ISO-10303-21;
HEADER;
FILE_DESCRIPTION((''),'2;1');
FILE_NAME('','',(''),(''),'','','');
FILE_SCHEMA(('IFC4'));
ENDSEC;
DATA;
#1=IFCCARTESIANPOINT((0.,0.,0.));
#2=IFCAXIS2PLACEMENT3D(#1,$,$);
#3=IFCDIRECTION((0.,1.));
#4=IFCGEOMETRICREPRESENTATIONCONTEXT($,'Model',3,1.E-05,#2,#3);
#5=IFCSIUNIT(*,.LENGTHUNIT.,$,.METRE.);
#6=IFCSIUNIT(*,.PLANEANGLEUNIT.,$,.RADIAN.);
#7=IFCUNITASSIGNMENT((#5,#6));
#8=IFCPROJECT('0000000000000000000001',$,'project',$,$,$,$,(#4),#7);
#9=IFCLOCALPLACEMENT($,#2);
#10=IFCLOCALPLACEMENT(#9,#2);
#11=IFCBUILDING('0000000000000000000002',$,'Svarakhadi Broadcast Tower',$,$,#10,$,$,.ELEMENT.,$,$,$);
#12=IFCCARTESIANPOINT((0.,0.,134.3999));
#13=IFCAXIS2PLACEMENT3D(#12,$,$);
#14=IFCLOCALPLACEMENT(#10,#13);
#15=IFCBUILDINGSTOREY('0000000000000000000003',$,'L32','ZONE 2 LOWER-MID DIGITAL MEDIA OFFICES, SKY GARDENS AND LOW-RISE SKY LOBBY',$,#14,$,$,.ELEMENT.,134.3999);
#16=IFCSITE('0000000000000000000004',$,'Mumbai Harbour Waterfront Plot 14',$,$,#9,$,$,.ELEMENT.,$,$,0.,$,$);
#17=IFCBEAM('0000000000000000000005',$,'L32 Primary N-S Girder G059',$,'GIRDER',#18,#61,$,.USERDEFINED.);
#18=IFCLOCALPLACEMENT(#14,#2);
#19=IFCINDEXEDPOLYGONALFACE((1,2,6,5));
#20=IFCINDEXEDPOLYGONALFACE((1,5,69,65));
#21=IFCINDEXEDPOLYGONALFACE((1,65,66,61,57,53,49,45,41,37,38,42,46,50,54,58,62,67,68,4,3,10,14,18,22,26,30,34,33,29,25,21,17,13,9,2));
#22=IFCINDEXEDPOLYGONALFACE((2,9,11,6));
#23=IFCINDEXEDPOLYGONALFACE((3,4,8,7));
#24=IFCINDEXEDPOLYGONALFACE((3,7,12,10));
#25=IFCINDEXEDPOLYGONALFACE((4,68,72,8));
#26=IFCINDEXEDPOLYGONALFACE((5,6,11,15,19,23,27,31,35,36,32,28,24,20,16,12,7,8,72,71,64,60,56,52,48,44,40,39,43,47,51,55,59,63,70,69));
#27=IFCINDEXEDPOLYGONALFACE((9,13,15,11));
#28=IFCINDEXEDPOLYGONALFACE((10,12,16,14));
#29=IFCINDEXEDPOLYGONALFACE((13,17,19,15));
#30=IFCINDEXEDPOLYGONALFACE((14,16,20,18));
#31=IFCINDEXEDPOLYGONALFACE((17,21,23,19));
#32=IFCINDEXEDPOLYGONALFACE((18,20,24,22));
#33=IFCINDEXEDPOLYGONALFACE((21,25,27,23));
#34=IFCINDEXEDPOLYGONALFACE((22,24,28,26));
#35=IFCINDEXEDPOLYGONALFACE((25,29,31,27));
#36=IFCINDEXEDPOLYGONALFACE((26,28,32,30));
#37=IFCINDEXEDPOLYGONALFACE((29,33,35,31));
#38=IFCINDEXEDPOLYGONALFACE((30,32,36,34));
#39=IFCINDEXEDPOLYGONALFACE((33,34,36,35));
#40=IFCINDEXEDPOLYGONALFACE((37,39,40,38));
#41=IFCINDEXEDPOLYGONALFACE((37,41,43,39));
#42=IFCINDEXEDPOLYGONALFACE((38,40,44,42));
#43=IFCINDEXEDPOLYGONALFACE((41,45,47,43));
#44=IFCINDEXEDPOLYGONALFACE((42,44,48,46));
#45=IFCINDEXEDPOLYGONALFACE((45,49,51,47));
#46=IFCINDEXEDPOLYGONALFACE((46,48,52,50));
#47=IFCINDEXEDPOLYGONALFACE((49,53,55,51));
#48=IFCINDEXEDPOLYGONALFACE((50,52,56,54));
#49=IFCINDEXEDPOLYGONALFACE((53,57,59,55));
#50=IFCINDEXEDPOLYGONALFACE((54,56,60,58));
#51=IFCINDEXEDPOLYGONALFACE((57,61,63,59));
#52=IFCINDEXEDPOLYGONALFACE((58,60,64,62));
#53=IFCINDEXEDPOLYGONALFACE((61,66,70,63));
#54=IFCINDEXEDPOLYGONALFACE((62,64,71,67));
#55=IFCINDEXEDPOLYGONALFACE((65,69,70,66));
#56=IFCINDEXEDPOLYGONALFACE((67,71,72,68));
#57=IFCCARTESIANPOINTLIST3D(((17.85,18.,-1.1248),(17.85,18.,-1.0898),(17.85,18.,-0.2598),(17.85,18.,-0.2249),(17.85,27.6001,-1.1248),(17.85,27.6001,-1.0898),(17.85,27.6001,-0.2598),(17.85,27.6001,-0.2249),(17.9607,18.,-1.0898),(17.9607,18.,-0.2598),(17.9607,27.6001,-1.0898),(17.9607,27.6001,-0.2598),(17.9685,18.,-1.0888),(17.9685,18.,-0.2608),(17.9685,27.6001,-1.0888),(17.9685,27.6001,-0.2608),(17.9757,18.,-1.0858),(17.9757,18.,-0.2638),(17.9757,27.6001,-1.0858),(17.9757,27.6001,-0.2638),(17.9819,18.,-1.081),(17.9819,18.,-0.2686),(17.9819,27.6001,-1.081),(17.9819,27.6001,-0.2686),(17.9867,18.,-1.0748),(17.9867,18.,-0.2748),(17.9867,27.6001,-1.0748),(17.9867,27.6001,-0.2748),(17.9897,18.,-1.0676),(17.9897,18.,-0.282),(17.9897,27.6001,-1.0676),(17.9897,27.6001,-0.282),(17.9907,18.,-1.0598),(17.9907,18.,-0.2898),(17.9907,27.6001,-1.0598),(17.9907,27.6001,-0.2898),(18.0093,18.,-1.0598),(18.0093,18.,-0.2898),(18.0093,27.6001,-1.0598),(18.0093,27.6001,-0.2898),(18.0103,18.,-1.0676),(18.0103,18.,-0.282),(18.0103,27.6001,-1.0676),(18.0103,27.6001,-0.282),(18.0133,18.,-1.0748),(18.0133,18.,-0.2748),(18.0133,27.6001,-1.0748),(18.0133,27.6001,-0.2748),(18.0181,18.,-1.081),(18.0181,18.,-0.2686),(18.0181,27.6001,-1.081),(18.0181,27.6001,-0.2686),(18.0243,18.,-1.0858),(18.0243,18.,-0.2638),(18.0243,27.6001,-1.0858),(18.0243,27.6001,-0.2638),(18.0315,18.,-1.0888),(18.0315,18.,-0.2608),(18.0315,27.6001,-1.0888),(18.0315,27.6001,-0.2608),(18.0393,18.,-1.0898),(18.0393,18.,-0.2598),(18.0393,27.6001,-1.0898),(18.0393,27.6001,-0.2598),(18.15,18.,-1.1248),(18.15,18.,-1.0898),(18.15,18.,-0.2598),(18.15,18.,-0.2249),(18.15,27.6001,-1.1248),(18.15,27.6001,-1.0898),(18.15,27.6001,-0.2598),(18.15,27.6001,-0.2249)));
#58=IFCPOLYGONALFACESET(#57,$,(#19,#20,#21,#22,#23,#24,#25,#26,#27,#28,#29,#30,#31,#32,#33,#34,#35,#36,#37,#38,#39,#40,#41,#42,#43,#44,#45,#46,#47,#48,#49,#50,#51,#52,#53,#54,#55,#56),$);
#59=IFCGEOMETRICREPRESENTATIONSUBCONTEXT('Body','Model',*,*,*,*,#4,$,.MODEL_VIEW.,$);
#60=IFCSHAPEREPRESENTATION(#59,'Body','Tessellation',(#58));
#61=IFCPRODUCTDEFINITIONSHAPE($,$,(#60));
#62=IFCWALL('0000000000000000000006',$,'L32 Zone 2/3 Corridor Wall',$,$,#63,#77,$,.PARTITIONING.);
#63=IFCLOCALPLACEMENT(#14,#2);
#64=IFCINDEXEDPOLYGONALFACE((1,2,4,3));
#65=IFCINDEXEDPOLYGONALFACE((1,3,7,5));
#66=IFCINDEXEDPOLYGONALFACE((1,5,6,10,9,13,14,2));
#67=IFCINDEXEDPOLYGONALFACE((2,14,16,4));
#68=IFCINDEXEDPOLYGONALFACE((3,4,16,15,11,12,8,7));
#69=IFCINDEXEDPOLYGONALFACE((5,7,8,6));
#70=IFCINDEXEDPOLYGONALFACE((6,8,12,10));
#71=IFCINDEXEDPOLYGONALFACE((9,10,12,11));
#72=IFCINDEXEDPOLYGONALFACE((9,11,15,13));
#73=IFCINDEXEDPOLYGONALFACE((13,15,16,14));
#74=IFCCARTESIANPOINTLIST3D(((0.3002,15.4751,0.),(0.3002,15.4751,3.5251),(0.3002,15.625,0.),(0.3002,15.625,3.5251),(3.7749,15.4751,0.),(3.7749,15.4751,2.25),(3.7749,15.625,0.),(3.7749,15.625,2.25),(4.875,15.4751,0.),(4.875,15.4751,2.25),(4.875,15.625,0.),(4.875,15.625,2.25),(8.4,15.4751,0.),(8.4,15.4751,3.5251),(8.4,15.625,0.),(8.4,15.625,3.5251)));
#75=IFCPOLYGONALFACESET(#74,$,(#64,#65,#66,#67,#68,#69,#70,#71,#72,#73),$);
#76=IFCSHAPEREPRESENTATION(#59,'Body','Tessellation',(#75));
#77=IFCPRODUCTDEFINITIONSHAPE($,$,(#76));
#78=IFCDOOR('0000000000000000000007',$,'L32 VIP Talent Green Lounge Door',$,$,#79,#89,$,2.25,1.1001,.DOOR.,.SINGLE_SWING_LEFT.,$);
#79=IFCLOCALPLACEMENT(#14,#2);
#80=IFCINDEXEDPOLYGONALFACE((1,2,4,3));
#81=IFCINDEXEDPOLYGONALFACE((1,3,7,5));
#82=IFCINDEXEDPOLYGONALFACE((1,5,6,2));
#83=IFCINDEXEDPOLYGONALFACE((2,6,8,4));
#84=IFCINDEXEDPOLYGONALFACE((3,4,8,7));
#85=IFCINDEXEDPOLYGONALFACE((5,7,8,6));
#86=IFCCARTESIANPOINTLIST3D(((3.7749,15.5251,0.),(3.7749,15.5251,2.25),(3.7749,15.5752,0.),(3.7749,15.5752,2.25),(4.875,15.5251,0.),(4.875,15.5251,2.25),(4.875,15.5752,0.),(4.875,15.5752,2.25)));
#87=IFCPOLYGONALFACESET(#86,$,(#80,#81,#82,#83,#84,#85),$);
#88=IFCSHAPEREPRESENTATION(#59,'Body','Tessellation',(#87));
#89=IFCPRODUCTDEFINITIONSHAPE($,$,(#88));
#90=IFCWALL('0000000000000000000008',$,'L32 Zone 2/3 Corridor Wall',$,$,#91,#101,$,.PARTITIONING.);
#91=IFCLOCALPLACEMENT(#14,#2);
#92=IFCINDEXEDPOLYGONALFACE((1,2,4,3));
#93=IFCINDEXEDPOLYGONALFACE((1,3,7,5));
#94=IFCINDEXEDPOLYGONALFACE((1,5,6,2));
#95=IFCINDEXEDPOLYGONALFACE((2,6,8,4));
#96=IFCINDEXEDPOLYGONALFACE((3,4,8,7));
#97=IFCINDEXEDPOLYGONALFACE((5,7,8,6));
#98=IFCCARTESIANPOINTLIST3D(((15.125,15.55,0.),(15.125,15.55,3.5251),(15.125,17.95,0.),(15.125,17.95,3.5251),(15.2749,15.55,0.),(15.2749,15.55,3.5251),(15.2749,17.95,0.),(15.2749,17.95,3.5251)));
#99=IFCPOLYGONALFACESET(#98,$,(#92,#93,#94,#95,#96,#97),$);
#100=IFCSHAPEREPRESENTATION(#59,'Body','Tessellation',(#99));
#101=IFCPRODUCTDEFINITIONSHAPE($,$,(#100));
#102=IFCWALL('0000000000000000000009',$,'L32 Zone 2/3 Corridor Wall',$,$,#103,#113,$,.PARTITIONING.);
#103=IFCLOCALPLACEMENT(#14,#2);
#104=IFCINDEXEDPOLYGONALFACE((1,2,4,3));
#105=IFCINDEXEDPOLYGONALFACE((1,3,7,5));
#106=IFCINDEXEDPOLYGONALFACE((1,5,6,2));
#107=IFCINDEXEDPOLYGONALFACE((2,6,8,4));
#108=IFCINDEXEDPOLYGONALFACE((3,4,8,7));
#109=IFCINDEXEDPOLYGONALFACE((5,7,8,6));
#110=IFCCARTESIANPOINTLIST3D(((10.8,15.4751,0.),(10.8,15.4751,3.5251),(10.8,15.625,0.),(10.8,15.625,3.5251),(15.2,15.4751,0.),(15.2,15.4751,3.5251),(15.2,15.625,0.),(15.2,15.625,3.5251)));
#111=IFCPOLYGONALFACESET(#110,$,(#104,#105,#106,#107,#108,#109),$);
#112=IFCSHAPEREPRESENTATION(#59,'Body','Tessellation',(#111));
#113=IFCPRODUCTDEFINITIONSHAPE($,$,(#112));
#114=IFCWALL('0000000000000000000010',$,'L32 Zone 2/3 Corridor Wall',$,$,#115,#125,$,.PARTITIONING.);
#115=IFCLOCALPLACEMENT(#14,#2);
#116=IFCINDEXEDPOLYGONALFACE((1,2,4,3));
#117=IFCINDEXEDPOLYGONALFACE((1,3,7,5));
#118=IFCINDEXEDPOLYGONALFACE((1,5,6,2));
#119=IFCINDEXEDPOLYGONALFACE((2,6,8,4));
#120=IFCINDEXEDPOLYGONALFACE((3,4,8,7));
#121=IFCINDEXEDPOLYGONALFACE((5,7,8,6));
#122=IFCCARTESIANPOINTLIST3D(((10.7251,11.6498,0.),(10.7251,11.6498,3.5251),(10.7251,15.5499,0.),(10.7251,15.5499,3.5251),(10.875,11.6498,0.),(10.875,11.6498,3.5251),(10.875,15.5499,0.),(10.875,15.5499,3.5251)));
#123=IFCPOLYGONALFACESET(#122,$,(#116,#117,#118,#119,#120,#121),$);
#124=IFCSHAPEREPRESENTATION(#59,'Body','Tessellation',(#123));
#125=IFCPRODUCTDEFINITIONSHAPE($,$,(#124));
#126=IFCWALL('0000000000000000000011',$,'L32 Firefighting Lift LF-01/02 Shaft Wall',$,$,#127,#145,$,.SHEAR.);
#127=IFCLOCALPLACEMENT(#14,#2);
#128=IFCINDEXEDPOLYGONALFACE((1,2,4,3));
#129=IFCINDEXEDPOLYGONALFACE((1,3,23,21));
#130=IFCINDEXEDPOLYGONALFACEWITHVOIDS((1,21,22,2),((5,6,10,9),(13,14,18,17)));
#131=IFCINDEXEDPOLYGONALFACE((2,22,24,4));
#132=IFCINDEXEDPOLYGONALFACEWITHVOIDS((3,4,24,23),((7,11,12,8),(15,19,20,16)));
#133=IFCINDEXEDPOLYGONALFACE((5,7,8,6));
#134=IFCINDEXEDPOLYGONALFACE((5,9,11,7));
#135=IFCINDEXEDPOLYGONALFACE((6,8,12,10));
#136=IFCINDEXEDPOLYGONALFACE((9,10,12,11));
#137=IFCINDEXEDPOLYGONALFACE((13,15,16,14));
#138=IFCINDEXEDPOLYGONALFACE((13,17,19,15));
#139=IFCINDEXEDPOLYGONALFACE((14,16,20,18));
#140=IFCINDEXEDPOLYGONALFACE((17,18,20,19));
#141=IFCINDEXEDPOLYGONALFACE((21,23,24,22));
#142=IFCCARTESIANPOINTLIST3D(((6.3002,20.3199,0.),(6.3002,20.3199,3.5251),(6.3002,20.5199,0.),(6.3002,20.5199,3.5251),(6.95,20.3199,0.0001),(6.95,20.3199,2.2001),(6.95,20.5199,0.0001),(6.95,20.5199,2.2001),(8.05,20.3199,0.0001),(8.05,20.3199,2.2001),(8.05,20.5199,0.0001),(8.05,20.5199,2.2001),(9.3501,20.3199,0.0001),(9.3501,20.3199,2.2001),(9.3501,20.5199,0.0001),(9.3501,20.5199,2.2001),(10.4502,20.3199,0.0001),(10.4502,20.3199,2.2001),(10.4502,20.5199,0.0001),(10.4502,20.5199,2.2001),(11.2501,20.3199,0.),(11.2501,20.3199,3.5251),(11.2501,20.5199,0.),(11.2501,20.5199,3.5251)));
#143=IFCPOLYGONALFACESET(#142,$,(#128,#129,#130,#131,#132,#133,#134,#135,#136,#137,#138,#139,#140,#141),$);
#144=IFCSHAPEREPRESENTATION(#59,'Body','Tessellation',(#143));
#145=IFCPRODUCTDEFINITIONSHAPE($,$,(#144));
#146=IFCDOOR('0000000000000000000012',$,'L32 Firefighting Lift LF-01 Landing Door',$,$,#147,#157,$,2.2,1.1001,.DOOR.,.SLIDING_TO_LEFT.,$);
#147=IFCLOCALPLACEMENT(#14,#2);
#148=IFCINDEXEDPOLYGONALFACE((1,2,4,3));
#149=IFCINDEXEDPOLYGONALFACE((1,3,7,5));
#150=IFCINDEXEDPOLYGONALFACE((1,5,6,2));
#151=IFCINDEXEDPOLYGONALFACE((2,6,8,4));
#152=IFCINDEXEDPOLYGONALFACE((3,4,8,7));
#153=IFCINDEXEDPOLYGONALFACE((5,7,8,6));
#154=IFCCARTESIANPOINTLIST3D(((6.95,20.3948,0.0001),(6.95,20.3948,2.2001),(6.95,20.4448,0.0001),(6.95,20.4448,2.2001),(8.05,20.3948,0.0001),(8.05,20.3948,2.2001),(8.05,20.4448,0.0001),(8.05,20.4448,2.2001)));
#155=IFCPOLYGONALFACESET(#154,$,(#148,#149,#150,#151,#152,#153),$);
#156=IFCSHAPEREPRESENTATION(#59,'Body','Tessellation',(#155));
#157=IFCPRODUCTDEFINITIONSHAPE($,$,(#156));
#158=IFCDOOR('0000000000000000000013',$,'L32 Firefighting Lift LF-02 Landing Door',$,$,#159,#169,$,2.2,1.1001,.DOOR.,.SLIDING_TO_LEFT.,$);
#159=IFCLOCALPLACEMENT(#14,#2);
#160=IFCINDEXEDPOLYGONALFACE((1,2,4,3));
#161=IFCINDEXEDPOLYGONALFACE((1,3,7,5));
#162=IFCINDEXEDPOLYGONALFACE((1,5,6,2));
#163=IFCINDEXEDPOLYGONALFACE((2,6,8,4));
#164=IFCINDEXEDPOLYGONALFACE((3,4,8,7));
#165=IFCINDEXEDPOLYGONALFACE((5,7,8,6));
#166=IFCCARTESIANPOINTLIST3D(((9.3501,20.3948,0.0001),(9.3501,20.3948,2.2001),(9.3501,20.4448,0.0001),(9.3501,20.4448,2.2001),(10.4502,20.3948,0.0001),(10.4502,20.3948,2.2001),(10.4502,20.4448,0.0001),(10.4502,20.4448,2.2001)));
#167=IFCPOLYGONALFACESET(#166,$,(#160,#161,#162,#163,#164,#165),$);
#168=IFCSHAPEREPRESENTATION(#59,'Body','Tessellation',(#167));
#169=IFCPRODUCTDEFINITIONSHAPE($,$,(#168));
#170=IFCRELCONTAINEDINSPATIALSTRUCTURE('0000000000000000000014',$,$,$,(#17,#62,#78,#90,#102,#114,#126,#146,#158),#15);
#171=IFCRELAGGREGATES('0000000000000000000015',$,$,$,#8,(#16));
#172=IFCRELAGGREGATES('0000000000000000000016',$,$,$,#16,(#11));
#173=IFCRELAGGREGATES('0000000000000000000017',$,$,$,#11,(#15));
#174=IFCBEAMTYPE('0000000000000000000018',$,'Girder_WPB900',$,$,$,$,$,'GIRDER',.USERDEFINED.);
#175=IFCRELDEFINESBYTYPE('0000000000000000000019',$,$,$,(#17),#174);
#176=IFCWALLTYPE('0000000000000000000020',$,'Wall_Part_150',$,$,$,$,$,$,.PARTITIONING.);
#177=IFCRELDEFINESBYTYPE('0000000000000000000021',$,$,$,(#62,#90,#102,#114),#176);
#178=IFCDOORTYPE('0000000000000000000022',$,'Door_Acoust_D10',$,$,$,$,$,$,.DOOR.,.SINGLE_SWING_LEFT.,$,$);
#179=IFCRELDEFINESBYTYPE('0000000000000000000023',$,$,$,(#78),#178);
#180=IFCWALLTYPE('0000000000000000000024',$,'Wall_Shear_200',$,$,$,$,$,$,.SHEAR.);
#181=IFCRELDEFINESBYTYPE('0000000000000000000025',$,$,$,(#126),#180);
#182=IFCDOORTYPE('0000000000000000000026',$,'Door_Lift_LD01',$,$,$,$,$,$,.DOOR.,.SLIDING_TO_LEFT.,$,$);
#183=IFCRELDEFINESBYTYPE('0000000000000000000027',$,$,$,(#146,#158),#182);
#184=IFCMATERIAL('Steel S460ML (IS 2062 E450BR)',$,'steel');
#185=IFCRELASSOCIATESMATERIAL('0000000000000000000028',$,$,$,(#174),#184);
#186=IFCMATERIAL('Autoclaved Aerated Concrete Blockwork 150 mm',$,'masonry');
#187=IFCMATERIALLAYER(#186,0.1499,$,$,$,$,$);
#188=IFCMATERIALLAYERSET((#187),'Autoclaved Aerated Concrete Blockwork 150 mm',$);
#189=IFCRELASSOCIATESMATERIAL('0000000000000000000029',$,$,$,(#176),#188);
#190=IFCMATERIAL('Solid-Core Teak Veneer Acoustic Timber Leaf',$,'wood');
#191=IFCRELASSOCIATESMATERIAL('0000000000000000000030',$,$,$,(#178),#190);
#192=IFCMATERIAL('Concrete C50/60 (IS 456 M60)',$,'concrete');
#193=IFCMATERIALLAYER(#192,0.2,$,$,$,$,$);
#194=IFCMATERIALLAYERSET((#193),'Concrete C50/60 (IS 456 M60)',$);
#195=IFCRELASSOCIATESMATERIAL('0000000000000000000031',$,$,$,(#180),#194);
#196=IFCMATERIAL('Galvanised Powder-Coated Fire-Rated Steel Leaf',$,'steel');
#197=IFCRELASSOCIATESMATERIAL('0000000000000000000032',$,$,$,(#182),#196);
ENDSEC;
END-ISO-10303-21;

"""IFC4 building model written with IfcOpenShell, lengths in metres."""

from ifc_helpers import new_model, si_unit, direction, frame, frame_2d, origin, origin_2d, place, context, subcontext, project, spatial, rectangle, i_section, extrude, material, layer, layer_set, material_profile, profile_set, type_object, element, fill, save


model = new_model("IFC4")

# Units and contexts
model_context = context("Model", 3, precision=1e-05, world=origin(), true_north=direction((0.0, 1.0)))
body_context = subcontext(model_context, "Body", "Model", "MODEL_VIEW")
ifc_project = project(units=[si_unit("LENGTHUNIT", "METRE"), si_unit("PLANEANGLEUNIT", "RADIAN")], contexts=[model_context])

# Site, building, storey
site_placement = place(None, origin())
site = spatial("IfcSite", under=ifc_project, at=site_placement, Name="Mumbai Harbour Waterfront Plot 14", CompositionType="ELEMENT", RefElevation=0.0)
building_placement = place(site_placement, origin())
building = spatial("IfcBuilding", under=site, at=building_placement, Name="Svarakhadi Broadcast Tower", CompositionType="ELEMENT")
storey_placement = place(building_placement, frame((0.0, 0.0, 134.3999)))
storey = spatial("IfcBuildingStorey", under=building, at=storey_placement, Name="L32", Description="ZONE 2 LOWER-MID DIGITAL MEDIA OFFICES, SKY GARDENS AND LOW-RISE SKY LOBBY", CompositionType="ELEMENT", Elevation=134.3999)

# Shared definitions
ifc_material_1 = material(Name="Concrete C50/60 (IS 456 M60)", Category="concrete")

# Beam
ifc_material_2 = material(Name="Steel S460ML (IS 2062 E450BR)", Category="steel")
ifc_material_profile_1 = material_profile(ifc_material_2, i_section(OverallWidth=0.3, OverallDepth=0.8999, WebThickness=0.0186, FlangeThickness=0.0349, FilletRadius=0.03, at=origin_2d()), Name="WPB 900x300x291")
ifc_profile_set_1 = profile_set([ifc_material_profile_1], Name="Steel S460ML (IS 2062 E450BR)")
beam_type_1 = type_object("IfcBeamType", Name="Girder_WPB900", ElementType="GIRDER", PredefinedType="USERDEFINED", material=ifc_profile_set_1)
beam_1_placement = place(storey_placement, frame((18.0, 18.0, -0.6748), z_axis=(0.0, 1.0, 0.0), x_axis=(-1.0, 0.0, 0.0)))
element("IfcBeam", 1, at=beam_1_placement, inside=storey, type_object=beam_type_1, Name="L32 Primary N-S Girder G059", ObjectType="GIRDER", PredefinedType="USERDEFINED", context=body_context, shape_type="SweptSolid", body=[
    extrude(i_section(OverallWidth=0.3, OverallDepth=0.8999, WebThickness=0.0186, FlangeThickness=0.0349, FilletRadius=0.03, at=origin_2d()), origin(), (0.0, 0.0, 1.0), 9.6001),
])

# Wall, opening, door
ifc_material_3 = material(Name="Autoclaved Aerated Concrete Blockwork 150 mm", Category="masonry")
ifc_layer_1 = layer(ifc_material_3, 0.1499)
ifc_layer_set_1 = layer_set([ifc_layer_1], Name="Autoclaved Aerated Concrete Blockwork 150 mm")
wall_type_1 = type_object("IfcWallType", Name="Wall_Part_150", PredefinedType="PARTITIONING", material=ifc_layer_set_1)
wall_1_placement = place(storey_placement, frame((8.3999, 15.55, 0.0), z_axis=(0.0, 0.0, 1.0), x_axis=(-1.0, 0.0, 0.0)))
wall_1 = element("IfcWall", 2, at=wall_1_placement, inside=storey, type_object=wall_type_1, Name="L32 Zone 2/3 Corridor Wall", PredefinedType="PARTITIONING", context=body_context, shape_type="SweptSolid", body=[
    extrude(rectangle(XDim=8.0999, YDim=0.1499, at=frame_2d((4.0498, 0.0))), origin(), (0.0, 0.0, 1.0), 3.5251),
])
opening_1_placement = place(wall_1_placement, frame((3.5249, 0.0, 0.0)))
opening_1 = element("IfcOpeningElement", 3, at=opening_1_placement, cuts=wall_1, PredefinedType="OPENING", context=body_context, shape_type="SweptSolid", body=[
    extrude(rectangle(XDim=1.1001, YDim=2.25, at=frame_2d((0.55, 1.125))), frame((0.0, 0.085, 0.0), z_axis=(0.0, -1.0, 0.0), x_axis=(1.0, 0.0, 0.0)), (0.0, 0.0, 1.0), 0.1699),
])
ifc_material_4 = material(Name="Solid-Core Teak Veneer Acoustic Timber Leaf", Category="wood")
door_type_1 = type_object("IfcDoorType", Name="Door_Acoust_D10", OperationType="SINGLE_SWING_LEFT", PredefinedType="DOOR", material=ifc_material_4)
door_1_placement = place(opening_1_placement, origin())
door_1 = element("IfcDoor", 4, at=door_1_placement, inside=storey, type_object=door_type_1, Name="L32 VIP Talent Green Lounge Door", OperationType="SINGLE_SWING_LEFT", OverallHeight=2.25, OverallWidth=1.1001, PredefinedType="DOOR", context=body_context, shape_type="SweptSolid", body=[
    extrude(rectangle(XDim=1.1001, YDim=2.25, at=frame_2d((0.55, 1.125))), frame((0.0, 0.0249, 0.0), z_axis=(0.0, -1.0, 0.0), x_axis=(1.0, 0.0, 0.0)), (0.0, 0.0, 1.0), 0.05),
])
fill(opening_1, door_1)

# Walls
wall_2_placement = place(storey_placement, frame((15.2, 17.95, 0.0), z_axis=(0.0, 0.0, 1.0), x_axis=(0.0, -1.0, 0.0)))
element("IfcWall", 5, at=wall_2_placement, inside=storey, type_object=wall_type_1, Name="L32 Zone 2/3 Corridor Wall", PredefinedType="PARTITIONING", context=body_context, shape_type="SweptSolid", body=[
    extrude(rectangle(XDim=2.3999, YDim=0.1499, at=frame_2d((1.2, 0.0))), origin(), (0.0, 0.0, 1.0), 3.5251),
])
wall_3_placement = place(storey_placement, frame((15.2, 15.55, 0.0), z_axis=(0.0, 0.0, 1.0), x_axis=(-1.0, 0.0, 0.0)))
element("IfcWall", 6, at=wall_3_placement, inside=storey, type_object=wall_type_1, Name="L32 Zone 2/3 Corridor Wall", PredefinedType="PARTITIONING", context=body_context, shape_type="SweptSolid", body=[
    extrude(rectangle(XDim=4.3999, YDim=0.1499, at=frame_2d((2.2, 0.0))), origin(), (0.0, 0.0, 1.0), 3.5251),
])
wall_4_placement = place(storey_placement, frame((10.8, 15.55, 0.0), z_axis=(0.0, 0.0, 1.0), x_axis=(0.0, -1.0, 0.0)))
element("IfcWall", 7, at=wall_4_placement, inside=storey, type_object=wall_type_1, Name="L32 Zone 2/3 Corridor Wall", PredefinedType="PARTITIONING", context=body_context, shape_type="SweptSolid", body=[
    extrude(rectangle(XDim=3.9001, YDim=0.1499, at=frame_2d((1.9502, 0.0))), origin(), (0.0, 0.0, 1.0), 3.5251),
])

# Wall, openings, doors
ifc_layer_2 = layer(ifc_material_1, 0.2)
ifc_layer_set_2 = layer_set([ifc_layer_2], Name="Concrete C50/60 (IS 456 M60)")
wall_type_2 = type_object("IfcWallType", Name="Wall_Shear_200", PredefinedType="SHEAR", material=ifc_layer_set_2)
wall_5_placement = place(storey_placement, frame((6.3, 20.4199, 0.0), z_axis=(0.0, 0.0, 1.0), x_axis=(1.0, 0.0, 0.0)))
wall_5 = element("IfcWall", 8, at=wall_5_placement, inside=storey, type_object=wall_type_2, Name="L32 Firefighting Lift LF-01/02 Shaft Wall", PredefinedType="SHEAR", context=body_context, shape_type="SweptSolid", body=[
    extrude(rectangle(XDim=4.95, YDim=0.2, at=frame_2d((2.4751, 0.0))), origin(), (0.0, 0.0, 1.0), 3.5251),
])
opening_2_placement = place(wall_5_placement, frame((0.6499, 0.0, 0.0)))
opening_2 = element("IfcOpeningElement", 9, at=opening_2_placement, cuts=wall_5, PredefinedType="OPENING", context=body_context, shape_type="SweptSolid", body=[
    extrude(rectangle(XDim=1.1001, YDim=2.2, at=frame_2d((0.55, 1.1001))), frame((0.0, 0.1099, 0.0), z_axis=(0.0, -1.0, 0.0), x_axis=(1.0, 0.0, 0.0)), (0.0, 0.0, 1.0), 0.22),
])
opening_3_placement = place(wall_5_placement, frame((3.05, 0.0, 0.0)))
opening_3 = element("IfcOpeningElement", 10, at=opening_3_placement, cuts=wall_5, PredefinedType="OPENING", context=body_context, shape_type="SweptSolid", body=[
    extrude(rectangle(XDim=1.1001, YDim=2.2, at=frame_2d((0.55, 1.1001))), frame((0.0, 0.1099, 0.0), z_axis=(0.0, -1.0, 0.0), x_axis=(1.0, 0.0, 0.0)), (0.0, 0.0, 1.0), 0.22),
])
ifc_material_5 = material(Name="Galvanised Powder-Coated Fire-Rated Steel Leaf", Category="steel")
door_type_2 = type_object("IfcDoorType", Name="Door_Lift_LD01", OperationType="SLIDING_TO_LEFT", PredefinedType="DOOR", material=ifc_material_5)
door_2_placement = place(opening_2_placement, origin())
door_2 = element("IfcDoor", 11, at=door_2_placement, inside=storey, type_object=door_type_2, Name="L32 Firefighting Lift LF-01 Landing Door", OperationType="SLIDING_TO_LEFT", OverallHeight=2.2, OverallWidth=1.1001, PredefinedType="DOOR", context=body_context, shape_type="SweptSolid", body=[
    extrude(rectangle(XDim=1.1001, YDim=2.2, at=frame_2d((0.55, 1.1001))), frame((0.0, 0.0249, 0.0), z_axis=(0.0, -1.0, 0.0), x_axis=(1.0, 0.0, 0.0)), (0.0, 0.0, 1.0), 0.05),
])
fill(opening_2, door_2)
door_3_placement = place(opening_3_placement, origin())
door_3 = element("IfcDoor", 12, at=door_3_placement, inside=storey, type_object=door_type_2, Name="L32 Firefighting Lift LF-02 Landing Door", OperationType="SLIDING_TO_LEFT", OverallHeight=2.2, OverallWidth=1.1001, PredefinedType="DOOR", context=body_context, shape_type="SweptSolid", body=[
    extrude(rectangle(XDim=1.1001, YDim=2.2, at=frame_2d((0.55, 1.1001))), frame((0.0, 0.0249, 0.0), z_axis=(0.0, -1.0, 0.0), x_axis=(1.0, 0.0, 0.0)), (0.0, 0.0, 1.0), 0.05),
])
fill(opening_3, door_3)

save(model, "model.ifc")
